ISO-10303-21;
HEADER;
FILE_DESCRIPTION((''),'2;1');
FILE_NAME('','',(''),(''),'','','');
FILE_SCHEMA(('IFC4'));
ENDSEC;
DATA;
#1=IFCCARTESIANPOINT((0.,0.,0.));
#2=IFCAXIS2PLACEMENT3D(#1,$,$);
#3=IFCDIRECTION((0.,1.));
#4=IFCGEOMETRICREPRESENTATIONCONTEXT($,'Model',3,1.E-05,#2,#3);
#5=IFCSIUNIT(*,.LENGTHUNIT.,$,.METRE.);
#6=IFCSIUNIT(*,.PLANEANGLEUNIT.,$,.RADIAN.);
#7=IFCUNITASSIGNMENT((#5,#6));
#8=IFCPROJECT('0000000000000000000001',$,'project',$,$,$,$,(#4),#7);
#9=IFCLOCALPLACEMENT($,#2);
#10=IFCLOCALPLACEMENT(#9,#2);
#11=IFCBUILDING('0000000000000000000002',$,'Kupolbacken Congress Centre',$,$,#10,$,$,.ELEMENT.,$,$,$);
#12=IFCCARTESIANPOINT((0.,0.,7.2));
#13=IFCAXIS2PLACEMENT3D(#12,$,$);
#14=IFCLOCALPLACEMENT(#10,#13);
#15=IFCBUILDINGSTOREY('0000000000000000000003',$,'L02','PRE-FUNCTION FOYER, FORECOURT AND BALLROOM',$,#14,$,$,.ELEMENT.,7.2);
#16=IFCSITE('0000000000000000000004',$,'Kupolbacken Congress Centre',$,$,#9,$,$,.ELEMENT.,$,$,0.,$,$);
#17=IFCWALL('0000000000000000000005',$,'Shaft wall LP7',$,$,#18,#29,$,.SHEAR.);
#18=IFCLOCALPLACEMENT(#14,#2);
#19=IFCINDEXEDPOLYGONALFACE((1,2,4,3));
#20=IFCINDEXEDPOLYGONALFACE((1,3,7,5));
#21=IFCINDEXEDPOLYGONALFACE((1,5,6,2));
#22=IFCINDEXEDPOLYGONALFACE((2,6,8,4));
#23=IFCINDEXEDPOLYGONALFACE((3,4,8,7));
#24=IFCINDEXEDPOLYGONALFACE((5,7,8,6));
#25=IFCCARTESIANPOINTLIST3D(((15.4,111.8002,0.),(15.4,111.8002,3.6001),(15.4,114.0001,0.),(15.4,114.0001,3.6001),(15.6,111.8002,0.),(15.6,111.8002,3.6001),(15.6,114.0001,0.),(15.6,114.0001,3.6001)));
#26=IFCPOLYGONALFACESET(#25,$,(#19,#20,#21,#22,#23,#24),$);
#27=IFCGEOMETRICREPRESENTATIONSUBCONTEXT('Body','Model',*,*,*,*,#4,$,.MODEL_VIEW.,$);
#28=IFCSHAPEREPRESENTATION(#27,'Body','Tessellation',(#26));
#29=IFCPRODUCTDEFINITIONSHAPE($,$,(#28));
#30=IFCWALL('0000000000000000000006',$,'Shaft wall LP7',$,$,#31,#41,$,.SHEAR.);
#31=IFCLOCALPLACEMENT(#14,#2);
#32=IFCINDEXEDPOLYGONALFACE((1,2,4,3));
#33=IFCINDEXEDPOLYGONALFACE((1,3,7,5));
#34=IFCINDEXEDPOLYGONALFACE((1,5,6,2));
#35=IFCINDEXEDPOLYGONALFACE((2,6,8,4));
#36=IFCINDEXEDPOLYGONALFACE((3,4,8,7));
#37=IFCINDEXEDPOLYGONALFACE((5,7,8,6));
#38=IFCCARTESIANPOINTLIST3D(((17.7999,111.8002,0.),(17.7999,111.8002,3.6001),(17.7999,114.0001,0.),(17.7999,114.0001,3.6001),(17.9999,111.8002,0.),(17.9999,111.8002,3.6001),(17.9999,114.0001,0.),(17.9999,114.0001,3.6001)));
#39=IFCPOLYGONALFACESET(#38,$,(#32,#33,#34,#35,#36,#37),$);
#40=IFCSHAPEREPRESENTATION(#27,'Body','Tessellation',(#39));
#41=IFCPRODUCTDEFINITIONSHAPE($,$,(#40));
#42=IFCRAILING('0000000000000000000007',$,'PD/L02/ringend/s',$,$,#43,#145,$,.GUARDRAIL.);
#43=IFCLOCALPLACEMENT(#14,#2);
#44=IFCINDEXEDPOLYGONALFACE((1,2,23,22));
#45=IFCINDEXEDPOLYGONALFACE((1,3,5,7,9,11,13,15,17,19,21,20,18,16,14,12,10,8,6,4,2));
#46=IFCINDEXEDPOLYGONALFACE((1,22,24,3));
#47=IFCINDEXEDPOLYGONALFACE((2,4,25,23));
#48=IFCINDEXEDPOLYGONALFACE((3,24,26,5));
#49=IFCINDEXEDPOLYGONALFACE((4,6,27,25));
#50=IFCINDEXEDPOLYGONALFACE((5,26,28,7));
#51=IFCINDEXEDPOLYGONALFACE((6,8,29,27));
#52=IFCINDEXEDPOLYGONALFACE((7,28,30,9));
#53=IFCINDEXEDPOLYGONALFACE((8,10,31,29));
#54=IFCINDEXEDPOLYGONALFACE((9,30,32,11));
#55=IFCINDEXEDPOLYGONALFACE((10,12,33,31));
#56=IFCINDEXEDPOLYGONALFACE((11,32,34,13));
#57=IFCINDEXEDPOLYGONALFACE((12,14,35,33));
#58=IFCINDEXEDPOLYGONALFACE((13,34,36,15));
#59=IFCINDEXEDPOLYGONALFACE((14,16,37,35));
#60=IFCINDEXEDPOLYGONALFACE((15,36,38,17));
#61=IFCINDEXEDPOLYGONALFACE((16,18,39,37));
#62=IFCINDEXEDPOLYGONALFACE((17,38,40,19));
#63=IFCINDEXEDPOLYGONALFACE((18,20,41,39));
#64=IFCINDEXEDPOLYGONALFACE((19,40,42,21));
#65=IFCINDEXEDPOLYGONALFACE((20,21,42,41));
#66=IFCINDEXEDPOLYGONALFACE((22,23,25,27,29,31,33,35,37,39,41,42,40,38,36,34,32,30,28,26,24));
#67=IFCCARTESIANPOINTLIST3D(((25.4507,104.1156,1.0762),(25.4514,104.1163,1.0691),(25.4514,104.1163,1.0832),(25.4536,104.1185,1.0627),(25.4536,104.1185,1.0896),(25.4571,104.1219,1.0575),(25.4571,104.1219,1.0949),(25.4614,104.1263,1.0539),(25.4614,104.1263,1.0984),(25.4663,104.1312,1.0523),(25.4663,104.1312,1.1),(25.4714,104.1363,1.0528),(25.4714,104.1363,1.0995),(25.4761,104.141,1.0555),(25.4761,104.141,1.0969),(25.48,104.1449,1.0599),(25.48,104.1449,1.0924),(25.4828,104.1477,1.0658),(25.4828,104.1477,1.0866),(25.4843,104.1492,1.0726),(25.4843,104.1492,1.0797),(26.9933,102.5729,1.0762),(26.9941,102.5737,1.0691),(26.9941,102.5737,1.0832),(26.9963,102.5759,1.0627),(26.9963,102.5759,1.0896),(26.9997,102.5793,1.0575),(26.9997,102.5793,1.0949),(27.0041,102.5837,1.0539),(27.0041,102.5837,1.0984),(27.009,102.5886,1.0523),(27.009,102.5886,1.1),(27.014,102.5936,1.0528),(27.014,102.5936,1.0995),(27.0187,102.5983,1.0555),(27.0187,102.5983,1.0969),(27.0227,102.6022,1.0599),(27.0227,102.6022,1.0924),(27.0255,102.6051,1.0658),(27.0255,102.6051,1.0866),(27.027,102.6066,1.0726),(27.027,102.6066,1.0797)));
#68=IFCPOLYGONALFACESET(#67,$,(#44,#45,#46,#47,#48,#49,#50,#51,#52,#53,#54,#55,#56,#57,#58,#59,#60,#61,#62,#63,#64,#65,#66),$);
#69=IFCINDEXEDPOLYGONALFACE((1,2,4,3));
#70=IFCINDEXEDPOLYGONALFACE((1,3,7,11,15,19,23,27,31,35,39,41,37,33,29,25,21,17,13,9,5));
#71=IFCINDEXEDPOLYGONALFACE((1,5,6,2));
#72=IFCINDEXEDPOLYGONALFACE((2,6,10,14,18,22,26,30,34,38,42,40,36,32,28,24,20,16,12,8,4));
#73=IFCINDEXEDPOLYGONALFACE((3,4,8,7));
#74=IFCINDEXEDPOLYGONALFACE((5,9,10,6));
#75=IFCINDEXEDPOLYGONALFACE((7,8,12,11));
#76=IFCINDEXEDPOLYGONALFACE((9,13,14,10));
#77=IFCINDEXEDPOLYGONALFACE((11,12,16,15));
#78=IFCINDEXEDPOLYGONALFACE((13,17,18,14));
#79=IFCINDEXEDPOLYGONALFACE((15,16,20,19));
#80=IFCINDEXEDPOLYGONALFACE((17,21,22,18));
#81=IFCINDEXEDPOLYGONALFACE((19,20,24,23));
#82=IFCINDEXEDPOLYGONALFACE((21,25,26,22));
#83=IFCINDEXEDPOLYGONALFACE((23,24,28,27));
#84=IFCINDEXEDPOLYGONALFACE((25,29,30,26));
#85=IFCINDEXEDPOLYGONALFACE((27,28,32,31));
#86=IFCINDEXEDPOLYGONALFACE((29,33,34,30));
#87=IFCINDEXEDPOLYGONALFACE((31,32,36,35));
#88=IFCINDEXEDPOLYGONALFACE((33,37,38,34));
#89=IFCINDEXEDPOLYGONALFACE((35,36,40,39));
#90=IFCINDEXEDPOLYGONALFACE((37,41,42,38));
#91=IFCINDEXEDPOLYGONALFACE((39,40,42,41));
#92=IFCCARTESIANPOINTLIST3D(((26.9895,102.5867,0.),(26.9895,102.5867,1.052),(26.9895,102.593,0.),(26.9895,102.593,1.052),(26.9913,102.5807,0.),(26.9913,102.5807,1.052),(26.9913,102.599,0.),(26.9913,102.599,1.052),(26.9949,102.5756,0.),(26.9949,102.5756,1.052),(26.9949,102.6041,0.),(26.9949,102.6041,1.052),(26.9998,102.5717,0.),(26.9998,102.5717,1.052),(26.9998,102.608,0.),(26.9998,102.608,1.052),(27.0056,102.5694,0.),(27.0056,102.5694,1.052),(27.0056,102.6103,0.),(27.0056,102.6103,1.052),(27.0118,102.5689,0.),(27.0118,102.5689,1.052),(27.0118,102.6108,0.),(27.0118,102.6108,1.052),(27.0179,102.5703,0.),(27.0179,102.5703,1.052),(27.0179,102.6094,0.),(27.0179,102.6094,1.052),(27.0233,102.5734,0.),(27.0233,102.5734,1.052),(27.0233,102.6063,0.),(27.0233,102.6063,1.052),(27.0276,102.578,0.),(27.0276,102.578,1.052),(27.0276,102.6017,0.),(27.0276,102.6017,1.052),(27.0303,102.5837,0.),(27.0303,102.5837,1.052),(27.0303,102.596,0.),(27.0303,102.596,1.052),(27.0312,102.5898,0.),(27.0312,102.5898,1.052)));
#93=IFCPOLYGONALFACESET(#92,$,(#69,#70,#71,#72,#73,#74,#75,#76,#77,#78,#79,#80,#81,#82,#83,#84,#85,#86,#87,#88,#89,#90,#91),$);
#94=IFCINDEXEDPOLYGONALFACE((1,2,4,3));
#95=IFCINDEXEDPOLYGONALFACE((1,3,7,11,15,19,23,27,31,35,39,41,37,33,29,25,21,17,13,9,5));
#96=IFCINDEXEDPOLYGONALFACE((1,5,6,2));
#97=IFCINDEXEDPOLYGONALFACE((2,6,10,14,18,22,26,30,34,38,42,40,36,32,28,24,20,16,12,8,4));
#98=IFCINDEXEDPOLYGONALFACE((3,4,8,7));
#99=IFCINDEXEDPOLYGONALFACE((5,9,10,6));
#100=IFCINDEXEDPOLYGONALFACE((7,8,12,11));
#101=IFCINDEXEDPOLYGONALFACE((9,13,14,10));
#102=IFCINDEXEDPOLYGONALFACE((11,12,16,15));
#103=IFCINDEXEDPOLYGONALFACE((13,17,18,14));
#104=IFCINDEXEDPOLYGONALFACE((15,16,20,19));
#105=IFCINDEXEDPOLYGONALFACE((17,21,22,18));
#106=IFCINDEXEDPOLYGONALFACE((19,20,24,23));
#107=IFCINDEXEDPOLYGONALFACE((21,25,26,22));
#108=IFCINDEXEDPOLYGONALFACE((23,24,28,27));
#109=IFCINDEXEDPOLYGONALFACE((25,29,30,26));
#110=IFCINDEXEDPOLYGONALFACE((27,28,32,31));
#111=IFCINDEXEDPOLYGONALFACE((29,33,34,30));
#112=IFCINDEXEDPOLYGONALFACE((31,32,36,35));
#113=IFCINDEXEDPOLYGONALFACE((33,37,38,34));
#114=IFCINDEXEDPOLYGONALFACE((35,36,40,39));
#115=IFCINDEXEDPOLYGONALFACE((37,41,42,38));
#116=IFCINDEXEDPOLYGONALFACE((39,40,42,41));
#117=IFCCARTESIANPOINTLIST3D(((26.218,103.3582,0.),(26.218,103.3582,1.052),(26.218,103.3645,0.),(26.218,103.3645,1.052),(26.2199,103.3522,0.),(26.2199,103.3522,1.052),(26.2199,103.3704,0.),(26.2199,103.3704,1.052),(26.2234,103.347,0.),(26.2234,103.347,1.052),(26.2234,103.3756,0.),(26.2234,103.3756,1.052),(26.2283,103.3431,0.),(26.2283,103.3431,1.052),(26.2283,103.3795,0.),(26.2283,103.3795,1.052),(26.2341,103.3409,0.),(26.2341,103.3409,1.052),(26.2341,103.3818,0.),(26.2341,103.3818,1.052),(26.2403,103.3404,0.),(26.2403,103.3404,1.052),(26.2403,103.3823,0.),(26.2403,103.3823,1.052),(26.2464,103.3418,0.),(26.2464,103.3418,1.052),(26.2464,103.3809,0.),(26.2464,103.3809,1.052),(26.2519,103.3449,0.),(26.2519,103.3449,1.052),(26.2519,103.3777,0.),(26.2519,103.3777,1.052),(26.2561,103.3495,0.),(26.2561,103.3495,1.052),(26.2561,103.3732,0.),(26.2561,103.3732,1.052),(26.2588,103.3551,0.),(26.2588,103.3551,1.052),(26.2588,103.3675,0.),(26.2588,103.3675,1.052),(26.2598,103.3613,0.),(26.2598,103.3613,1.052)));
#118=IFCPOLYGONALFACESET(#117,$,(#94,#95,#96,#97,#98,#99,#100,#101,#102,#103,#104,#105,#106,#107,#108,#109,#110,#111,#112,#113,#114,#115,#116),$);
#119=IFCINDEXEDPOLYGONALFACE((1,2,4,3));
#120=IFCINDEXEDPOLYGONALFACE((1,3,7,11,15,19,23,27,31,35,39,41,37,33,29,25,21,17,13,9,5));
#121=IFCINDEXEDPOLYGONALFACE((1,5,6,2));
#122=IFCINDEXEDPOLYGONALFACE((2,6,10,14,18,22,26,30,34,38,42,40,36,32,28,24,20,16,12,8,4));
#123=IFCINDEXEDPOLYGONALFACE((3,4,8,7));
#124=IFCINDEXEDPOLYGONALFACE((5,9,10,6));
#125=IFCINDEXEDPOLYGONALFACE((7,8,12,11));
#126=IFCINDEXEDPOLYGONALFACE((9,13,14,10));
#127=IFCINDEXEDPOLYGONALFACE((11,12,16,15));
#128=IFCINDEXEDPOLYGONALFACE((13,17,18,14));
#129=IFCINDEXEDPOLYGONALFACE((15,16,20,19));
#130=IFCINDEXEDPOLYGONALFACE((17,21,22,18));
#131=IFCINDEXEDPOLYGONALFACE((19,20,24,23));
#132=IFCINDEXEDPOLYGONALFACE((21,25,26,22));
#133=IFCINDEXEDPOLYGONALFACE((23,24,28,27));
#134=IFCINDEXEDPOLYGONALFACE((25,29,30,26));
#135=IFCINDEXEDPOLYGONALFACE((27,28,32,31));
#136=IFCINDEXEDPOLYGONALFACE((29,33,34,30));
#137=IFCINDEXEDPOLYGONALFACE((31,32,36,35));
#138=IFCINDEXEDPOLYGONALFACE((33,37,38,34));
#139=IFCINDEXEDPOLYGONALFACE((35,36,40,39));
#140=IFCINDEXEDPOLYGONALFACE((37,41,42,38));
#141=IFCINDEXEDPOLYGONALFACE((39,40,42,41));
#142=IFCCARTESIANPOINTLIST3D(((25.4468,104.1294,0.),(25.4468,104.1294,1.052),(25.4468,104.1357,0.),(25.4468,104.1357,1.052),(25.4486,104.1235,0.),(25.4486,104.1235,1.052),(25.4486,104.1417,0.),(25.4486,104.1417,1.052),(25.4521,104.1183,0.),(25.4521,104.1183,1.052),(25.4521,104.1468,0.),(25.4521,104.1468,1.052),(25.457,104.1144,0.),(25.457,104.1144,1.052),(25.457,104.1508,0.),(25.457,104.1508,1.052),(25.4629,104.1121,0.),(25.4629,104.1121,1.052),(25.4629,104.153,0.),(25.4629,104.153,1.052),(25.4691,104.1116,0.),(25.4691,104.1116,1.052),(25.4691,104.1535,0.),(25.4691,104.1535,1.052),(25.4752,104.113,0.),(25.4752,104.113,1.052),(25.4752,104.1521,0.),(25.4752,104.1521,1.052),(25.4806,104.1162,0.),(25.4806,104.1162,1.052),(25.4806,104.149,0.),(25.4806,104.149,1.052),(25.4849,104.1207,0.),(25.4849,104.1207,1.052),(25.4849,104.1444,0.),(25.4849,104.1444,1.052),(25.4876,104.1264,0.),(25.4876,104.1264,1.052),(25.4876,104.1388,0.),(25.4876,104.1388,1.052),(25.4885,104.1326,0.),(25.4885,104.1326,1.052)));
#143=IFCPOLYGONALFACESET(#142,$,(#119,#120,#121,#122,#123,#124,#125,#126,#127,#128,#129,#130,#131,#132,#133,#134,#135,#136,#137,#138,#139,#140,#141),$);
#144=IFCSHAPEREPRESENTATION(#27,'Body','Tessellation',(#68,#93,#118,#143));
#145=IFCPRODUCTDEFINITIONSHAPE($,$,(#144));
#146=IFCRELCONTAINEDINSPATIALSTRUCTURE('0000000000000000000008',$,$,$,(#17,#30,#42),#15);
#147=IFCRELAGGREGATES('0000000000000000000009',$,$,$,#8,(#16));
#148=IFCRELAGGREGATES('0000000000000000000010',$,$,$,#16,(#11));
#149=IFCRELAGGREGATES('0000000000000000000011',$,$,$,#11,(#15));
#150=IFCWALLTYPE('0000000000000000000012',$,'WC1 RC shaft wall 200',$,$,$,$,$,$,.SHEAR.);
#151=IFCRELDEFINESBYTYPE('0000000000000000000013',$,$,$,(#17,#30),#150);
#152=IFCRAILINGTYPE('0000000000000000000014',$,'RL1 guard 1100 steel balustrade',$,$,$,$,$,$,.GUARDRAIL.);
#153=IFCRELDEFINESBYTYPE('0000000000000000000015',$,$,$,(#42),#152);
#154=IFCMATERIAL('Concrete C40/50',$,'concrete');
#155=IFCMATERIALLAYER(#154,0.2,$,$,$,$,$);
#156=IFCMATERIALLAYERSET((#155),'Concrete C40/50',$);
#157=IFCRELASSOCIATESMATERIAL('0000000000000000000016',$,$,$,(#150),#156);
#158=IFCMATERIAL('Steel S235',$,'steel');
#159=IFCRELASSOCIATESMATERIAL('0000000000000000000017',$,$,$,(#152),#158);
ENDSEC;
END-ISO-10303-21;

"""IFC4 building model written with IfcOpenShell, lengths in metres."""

from ifc_helpers import new_model, si_unit, direction, frame, frame_2d, origin, origin_2d, place, context, subcontext, project, spatial, rectangle, circle, extrude, material, layer, layer_set, type_object, element, save


model = new_model("IFC4")

# Units and contexts
model_context = context("Model", 3, precision=1e-05, world=origin(), true_north=direction((0.0, 1.0)))
body_context = subcontext(model_context, "Body", "Model", "MODEL_VIEW")
ifc_project = project(units=[si_unit("LENGTHUNIT", "METRE"), si_unit("PLANEANGLEUNIT", "RADIAN")], contexts=[model_context])

# Site, building, storey
site_placement = place(None, origin())
site = spatial("IfcSite", under=ifc_project, at=site_placement, Name="Kupolbacken Congress Centre", CompositionType="ELEMENT", RefElevation=0.0)
building_placement = place(site_placement, origin())
building = spatial("IfcBuilding", under=site, at=building_placement, Name="Kupolbacken Congress Centre", CompositionType="ELEMENT")
storey_placement = place(building_placement, frame((0.0, 0.0, 7.2)))
storey = spatial("IfcBuildingStorey", under=building, at=storey_placement, Name="L02", Description="PRE-FUNCTION FOYER, FORECOURT AND BALLROOM", CompositionType="ELEMENT", Elevation=7.2)

# Shared definitions
ifc_material_1 = material(Name="Concrete C40/50", Category="concrete")
ifc_layer_1 = layer(ifc_material_1, 0.2)
ifc_layer_set_1 = layer_set([ifc_layer_1], Name="Concrete C40/50")
wall_type_1 = type_object("IfcWallType", Name="WC1 RC shaft wall 200", PredefinedType="SHEAR", material=ifc_layer_set_1)

# Walls
for number, where, z_axis, x_axis, name in (
    (1, (15.5, 111.8, 0.0), (0.0, 0.0, 1.0), (0.0, 1.0, 0.0), "Shaft wall LP7"),
    (2, (17.8999, 111.8, 0.0), (0.0, 0.0, 1.0), (0.0, 1.0, 0.0), "Shaft wall LP7"),
):
    element("IfcWall", number, at=place(storey_placement, frame(where, z_axis=z_axis, x_axis=x_axis)), inside=storey, type_object=wall_type_1, Name=name, PredefinedType="SHEAR", context=body_context, shape_type="SweptSolid", body=[
        extrude(rectangle(XDim=2.2, YDim=0.2, at=frame_2d((1.1001, 0.0))), origin(), (0.0, 0.0, 1.0), 3.6001),
    ])

# Railing
ifc_material_2 = material(Name="Steel S235", Category="steel")
railing_type = type_object("IfcRailingType", Name="RL1 guard 1100 steel balustrade", PredefinedType="GUARDRAIL", material=ifc_material_2)
railing_1_placement = place(storey_placement, frame((27.0103, 102.5898, 0.0)))
element("IfcRailing", 3, at=railing_1_placement, inside=storey, type_object=railing_type, Name="PD/L02/ringend/s", PredefinedType="GUARDRAIL", context=body_context, shape_type="SweptSolid", body=[
    extrude(circle(Radius=0.0239, at=origin_2d()), frame((0.0, 0.0, 1.0762), z_axis=(-0.707107, 0.707107, 0.0), x_axis=(-0.707107, -0.707107, 0.0)), (0.0, 0.0, 1.0), 2.1816),
    extrude(circle(Radius=0.021, at=origin_2d()), origin(), (0.0, 0.0, 1.0), 1.052),
    extrude(circle(Radius=0.021, at=origin_2d()), frame((-0.7715, 0.7715, 0.0)), (0.0, 0.0, 1.0), 1.052),
    extrude(circle(Radius=0.021, at=origin_2d()), frame((-1.5427, 1.5427, 0.0)), (0.0, 0.0, 1.0), 1.052),
])

save(model, "model.ifc")
